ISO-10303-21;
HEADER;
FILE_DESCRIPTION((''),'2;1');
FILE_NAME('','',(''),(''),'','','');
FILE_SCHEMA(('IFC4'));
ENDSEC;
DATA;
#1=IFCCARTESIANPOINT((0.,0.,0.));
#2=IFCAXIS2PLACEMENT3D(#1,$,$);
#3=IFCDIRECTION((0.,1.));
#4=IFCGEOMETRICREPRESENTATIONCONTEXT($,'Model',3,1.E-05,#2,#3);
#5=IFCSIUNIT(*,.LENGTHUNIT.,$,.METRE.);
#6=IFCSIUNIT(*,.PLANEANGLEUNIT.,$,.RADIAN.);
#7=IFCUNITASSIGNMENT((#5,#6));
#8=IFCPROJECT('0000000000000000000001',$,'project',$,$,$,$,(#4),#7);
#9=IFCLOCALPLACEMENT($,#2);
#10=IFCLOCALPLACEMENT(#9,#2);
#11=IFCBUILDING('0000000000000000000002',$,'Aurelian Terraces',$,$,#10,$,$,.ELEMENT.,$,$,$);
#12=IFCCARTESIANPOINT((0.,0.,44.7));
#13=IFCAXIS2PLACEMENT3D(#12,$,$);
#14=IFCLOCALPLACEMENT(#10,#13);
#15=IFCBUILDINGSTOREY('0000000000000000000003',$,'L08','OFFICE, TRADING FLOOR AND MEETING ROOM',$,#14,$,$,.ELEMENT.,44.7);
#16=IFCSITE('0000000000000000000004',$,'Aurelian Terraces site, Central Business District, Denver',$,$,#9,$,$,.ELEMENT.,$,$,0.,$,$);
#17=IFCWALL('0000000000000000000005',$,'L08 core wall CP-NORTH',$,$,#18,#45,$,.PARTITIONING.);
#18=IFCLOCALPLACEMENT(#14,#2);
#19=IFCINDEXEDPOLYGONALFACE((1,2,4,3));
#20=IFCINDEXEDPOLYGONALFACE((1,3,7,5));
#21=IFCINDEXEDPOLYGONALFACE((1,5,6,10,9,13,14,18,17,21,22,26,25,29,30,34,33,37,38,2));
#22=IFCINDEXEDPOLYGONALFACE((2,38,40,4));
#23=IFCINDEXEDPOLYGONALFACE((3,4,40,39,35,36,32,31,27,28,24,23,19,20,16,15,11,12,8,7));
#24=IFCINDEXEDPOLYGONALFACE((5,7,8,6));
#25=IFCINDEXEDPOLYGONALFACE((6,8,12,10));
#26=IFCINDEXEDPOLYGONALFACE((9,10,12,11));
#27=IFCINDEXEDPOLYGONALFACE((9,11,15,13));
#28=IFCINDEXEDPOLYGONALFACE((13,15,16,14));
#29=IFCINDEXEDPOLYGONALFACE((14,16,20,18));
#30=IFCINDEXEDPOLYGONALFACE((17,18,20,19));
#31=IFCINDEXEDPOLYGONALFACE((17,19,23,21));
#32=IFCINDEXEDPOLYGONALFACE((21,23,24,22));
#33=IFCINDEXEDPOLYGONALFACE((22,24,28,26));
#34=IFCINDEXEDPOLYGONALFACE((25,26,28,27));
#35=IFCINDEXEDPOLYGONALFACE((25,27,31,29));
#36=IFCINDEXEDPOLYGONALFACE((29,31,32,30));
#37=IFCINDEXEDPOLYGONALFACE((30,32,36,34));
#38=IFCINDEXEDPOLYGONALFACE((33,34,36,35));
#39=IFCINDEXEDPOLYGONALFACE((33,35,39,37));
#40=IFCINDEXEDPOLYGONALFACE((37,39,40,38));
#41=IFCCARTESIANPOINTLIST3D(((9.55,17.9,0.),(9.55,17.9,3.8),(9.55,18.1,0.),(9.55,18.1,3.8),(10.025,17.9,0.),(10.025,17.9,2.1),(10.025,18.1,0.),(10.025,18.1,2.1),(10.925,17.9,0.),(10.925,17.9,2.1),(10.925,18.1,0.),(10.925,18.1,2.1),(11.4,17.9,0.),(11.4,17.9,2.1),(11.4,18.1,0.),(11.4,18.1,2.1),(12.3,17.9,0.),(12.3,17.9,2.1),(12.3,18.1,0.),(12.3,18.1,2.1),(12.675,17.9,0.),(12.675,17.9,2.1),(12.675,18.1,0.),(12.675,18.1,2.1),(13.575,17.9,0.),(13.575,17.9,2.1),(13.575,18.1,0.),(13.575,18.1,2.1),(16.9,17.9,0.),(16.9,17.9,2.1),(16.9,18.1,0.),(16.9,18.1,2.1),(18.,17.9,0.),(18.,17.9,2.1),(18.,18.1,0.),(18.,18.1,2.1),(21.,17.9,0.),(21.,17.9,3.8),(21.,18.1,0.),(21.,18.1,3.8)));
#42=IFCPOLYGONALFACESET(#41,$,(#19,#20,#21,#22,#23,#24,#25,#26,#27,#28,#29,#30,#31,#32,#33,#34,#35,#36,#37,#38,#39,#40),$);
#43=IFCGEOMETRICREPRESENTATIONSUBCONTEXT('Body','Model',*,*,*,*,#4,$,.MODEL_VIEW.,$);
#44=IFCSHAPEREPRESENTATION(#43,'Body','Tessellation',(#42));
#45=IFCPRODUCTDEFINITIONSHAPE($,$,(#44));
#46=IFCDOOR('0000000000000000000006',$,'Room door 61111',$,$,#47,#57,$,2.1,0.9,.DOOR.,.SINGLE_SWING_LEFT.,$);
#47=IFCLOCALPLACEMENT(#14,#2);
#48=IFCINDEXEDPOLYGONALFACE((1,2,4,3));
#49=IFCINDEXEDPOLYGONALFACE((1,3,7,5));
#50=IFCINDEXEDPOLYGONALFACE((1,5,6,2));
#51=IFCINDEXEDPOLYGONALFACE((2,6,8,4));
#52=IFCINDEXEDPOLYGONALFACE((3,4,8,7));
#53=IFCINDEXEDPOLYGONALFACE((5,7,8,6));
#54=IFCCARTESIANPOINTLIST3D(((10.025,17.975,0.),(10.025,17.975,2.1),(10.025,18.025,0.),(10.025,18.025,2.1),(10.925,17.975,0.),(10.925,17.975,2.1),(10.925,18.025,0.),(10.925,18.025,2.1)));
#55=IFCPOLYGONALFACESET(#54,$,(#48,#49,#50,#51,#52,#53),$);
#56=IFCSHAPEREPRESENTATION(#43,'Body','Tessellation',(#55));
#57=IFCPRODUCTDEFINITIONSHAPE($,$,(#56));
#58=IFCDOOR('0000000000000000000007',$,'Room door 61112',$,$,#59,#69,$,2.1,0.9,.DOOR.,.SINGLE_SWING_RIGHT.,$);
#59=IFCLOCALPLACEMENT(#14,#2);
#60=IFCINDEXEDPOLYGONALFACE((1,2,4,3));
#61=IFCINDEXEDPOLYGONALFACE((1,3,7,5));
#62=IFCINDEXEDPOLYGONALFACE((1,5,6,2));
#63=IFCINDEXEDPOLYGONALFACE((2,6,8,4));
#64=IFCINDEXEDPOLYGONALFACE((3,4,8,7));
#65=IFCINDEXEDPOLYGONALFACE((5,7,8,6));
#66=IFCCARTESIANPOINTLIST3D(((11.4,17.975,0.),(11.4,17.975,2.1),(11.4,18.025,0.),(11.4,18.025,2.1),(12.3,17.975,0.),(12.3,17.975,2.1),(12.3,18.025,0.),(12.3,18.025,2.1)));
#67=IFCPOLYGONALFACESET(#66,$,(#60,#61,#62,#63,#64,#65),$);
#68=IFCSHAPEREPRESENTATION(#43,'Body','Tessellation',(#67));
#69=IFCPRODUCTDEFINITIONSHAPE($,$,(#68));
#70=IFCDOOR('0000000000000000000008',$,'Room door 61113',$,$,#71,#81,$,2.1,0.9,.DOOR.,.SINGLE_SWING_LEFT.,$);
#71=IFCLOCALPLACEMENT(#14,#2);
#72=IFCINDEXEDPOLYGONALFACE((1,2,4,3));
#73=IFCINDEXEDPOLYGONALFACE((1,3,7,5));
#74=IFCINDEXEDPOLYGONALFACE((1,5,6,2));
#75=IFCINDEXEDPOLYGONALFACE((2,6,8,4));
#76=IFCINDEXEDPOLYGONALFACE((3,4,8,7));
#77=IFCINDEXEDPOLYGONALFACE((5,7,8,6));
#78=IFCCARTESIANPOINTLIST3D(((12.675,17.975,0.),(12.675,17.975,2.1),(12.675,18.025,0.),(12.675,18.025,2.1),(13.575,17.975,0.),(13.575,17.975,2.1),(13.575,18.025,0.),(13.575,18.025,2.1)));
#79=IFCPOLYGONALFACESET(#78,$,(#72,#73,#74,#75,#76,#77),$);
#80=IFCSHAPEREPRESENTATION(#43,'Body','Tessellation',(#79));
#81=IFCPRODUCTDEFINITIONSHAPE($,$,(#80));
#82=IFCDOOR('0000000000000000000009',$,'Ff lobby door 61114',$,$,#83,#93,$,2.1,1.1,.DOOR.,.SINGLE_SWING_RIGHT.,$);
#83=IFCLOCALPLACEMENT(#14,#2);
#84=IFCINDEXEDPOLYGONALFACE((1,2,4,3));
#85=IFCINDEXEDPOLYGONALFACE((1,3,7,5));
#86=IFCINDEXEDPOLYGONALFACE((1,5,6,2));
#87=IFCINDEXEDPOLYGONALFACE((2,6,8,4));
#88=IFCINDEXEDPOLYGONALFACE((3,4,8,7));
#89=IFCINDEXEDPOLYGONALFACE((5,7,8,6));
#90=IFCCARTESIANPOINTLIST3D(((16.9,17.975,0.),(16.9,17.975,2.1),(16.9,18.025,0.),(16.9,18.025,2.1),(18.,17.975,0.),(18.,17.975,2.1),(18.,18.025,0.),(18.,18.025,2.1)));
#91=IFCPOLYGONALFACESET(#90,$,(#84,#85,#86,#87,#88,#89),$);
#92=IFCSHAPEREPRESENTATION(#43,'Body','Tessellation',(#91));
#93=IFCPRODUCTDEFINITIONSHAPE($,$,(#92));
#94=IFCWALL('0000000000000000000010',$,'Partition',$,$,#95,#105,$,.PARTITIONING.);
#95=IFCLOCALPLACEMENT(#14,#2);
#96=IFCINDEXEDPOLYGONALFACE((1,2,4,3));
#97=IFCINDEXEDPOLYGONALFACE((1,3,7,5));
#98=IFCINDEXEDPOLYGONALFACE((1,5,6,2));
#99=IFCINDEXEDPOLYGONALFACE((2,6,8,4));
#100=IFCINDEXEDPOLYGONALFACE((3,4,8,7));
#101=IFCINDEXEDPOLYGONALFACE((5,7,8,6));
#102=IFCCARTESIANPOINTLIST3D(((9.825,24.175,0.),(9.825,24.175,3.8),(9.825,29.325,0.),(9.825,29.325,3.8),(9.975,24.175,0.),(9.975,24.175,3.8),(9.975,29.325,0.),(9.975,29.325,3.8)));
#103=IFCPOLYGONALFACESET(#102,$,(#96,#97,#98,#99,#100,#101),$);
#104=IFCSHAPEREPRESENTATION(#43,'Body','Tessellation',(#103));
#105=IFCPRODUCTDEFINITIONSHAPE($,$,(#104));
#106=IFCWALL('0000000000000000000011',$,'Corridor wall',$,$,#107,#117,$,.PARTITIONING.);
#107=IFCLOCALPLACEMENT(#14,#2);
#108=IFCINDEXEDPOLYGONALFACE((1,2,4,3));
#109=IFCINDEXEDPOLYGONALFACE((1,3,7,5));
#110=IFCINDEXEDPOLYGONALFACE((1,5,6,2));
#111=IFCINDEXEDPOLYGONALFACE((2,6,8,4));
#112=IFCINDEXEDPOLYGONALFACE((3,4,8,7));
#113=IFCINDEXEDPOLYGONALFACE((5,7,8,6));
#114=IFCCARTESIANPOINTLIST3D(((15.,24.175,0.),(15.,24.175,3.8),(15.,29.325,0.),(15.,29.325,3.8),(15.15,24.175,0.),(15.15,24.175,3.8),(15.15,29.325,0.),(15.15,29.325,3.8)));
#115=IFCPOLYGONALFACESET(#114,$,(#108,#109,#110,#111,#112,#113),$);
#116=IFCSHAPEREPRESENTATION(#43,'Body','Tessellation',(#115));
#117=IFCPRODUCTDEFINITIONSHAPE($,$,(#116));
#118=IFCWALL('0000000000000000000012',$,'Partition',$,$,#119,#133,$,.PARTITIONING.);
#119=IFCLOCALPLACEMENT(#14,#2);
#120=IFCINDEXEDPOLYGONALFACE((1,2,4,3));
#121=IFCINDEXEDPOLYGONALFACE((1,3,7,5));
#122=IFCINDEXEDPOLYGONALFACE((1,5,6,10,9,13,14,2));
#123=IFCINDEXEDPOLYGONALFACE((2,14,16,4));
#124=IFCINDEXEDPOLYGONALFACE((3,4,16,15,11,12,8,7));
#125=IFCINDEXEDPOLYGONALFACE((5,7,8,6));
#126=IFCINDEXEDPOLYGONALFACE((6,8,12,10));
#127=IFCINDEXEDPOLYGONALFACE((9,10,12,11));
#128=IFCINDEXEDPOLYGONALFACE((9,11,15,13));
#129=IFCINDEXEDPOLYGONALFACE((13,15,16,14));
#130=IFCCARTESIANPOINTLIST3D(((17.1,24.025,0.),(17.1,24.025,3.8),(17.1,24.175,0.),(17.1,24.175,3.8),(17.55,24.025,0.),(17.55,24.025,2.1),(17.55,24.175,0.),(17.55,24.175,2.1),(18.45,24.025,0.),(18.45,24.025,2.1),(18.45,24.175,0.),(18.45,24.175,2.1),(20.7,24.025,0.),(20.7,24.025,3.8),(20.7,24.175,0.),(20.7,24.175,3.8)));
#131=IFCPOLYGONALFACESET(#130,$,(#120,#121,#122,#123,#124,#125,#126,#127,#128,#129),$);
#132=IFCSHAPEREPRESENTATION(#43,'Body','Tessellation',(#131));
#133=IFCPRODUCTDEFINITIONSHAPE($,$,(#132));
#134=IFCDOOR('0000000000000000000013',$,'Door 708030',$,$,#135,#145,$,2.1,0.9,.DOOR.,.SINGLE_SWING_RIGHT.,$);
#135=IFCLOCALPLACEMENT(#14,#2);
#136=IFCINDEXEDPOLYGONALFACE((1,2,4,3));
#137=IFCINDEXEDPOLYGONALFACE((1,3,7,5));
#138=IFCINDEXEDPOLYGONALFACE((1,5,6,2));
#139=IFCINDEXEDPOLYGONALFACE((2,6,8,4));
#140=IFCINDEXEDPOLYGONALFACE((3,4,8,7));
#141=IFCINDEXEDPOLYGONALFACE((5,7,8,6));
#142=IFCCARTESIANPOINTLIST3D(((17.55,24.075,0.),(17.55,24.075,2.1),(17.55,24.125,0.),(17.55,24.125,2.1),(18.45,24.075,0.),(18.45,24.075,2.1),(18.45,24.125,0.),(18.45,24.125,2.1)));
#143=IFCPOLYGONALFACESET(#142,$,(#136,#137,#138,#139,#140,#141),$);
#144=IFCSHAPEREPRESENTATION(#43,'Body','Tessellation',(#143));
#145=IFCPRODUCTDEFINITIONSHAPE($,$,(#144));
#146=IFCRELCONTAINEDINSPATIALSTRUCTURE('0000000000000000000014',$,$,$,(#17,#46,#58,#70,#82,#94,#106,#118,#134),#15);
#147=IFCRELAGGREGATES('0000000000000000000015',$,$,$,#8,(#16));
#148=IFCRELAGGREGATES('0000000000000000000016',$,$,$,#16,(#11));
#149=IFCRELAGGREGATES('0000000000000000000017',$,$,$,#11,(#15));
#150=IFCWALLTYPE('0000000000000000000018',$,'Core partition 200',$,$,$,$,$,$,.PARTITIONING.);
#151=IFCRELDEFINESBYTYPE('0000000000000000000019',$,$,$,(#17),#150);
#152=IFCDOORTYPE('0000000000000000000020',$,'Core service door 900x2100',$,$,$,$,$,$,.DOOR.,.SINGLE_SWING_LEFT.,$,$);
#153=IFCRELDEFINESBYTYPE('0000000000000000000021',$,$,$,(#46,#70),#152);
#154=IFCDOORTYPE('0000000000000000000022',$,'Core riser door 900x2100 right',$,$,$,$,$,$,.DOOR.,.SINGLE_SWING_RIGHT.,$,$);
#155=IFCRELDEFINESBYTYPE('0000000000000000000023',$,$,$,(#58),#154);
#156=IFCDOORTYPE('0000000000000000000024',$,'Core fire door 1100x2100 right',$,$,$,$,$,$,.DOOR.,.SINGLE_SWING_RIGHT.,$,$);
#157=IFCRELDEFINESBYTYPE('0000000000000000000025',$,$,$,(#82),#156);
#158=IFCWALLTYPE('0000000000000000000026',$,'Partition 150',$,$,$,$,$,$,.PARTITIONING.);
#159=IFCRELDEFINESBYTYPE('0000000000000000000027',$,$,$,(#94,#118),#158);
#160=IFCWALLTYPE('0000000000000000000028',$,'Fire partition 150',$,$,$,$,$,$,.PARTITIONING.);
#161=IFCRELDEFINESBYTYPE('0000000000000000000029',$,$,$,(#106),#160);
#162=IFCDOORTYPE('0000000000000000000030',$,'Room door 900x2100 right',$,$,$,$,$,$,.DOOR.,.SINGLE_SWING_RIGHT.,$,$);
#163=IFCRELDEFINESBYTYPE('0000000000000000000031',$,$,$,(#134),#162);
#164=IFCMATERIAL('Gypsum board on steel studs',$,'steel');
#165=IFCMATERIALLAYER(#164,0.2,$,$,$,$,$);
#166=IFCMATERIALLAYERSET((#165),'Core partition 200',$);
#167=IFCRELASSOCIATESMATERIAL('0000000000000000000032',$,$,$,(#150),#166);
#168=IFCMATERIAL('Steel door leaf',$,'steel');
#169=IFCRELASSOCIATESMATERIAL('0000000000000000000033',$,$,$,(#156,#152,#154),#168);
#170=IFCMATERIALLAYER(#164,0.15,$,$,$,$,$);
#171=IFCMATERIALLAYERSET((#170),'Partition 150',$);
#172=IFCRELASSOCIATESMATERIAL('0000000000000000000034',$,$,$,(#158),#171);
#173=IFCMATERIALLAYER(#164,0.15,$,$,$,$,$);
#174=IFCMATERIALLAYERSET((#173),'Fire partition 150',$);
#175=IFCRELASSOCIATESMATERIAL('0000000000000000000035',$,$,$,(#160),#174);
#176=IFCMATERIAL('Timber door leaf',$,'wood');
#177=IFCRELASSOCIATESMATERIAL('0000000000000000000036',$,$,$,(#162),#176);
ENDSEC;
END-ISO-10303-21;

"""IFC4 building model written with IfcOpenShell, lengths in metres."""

from ifc_helpers import new_model, si_unit, direction, frame, frame_2d, origin, place, context, subcontext, project, spatial, rectangle, extrude, source, transform, mapped, material, layer, layer_set, type_object, element, fill, save


model = new_model("IFC4")

# Units and contexts
model_context = context("Model", 3, precision=1e-05, world=origin(), true_north=direction((0.0, 1.0)))
body_context = subcontext(model_context, "Body", "Model", "MODEL_VIEW")
ifc_project = project(units=[si_unit("LENGTHUNIT", "METRE"), si_unit("PLANEANGLEUNIT", "RADIAN")], contexts=[model_context])

# Site, building, storey
site_placement = place(None, origin())
site = spatial("IfcSite", under=ifc_project, at=site_placement, Name="Aurelian Terraces site, Central Business District, Denver", CompositionType="ELEMENT", RefElevation=0.0)
building_placement = place(site_placement, origin())
building = spatial("IfcBuilding", under=site, at=building_placement, Name="Aurelian Terraces", CompositionType="ELEMENT")
storey_placement = place(building_placement, frame((0.0, 0.0, 44.7)))
storey = spatial("IfcBuildingStorey", under=building, at=storey_placement, Name="L08", Description="OFFICE, TRADING FLOOR AND MEETING ROOM", CompositionType="ELEMENT", Elevation=44.7)

# Shared definitions
ifc_material_1 = material(Name="Gypsum board on steel studs", Category="steel")
ifc_layer_1 = layer(ifc_material_1, 0.2)
ifc_layer_set_1 = layer_set([ifc_layer_1], Name="Core partition 200")
wall_type_1 = type_object("IfcWallType", Name="Core partition 200", PredefinedType="PARTITIONING", material=ifc_layer_set_1)

# Shared definitions
ifc_material_2 = material(Name="Steel door leaf", Category="steel")
door_type_1 = type_object("IfcDoorType", Name="Core fire door 1100x2100 right", OperationType="SINGLE_SWING_RIGHT", PredefinedType="DOOR", material=ifc_material_2)
shared_shape_1 = source(origin(), body_context, "Body", "SweptSolid", [
    extrude(rectangle(XDim=1.1, YDim=2.1, at=frame_2d((0.55, 1.05))), frame((0.0, 0.025, 0.0), z_axis=(0.0, -1.0, 0.0), x_axis=(1.0, 0.0, 0.0)), (0.0, 0.0, 1.0), 0.05),
])

# Wall, openings, doors
shared_shape_2 = source(origin(), body_context, "Body", "SweptSolid", [
    extrude(rectangle(XDim=11.45, YDim=0.2, at=frame_2d((5.725, 0.0))), origin(), (0.0, 0.0, 1.0), 3.8),
])
wall_1_placement = place(storey_placement, frame((9.55, 18.0, 0.0), z_axis=(0.0, 0.0, 1.0), x_axis=(1.0, 0.0, 0.0)))
wall_1 = element("IfcWall", 1, at=wall_1_placement, inside=storey, type_object=wall_type_1, Name="L08 core wall CP-NORTH", PredefinedType="PARTITIONING", context=body_context, shape_type="MappedRepresentation", body=[
    mapped(shared_shape_2, transform((0.0, 0.0, 0.0), scale=1.0)),
])
shared_shape_3 = source(origin(), body_context, "Body", "SweptSolid", [
    extrude(rectangle(XDim=0.9, YDim=2.1, at=frame_2d((0.45, 1.05))), frame((0.0, 0.11, 0.0), z_axis=(0.0, -1.0, 0.0), x_axis=(1.0, 0.0, 0.0)), (0.0, 0.0, 1.0), 0.22),
])
opening_1_placement = place(wall_1_placement, frame((0.475, 0.0, 0.0)))
opening_1 = element("IfcOpeningElement", 2, at=opening_1_placement, cuts=wall_1, PredefinedType="OPENING", context=body_context, shape_type="MappedRepresentation", body=[
    mapped(shared_shape_3, transform((0.0, 0.0, 0.0), scale=1.0)),
])
opening_2_placement = place(wall_1_placement, frame((1.85, 0.0, 0.0)))
opening_2 = element("IfcOpeningElement", 3, at=opening_2_placement, cuts=wall_1, PredefinedType="OPENING", context=body_context, shape_type="MappedRepresentation", body=[
    mapped(shared_shape_3, transform((0.0, 0.0, 0.0), scale=1.0)),
])
opening_3_placement = place(wall_1_placement, frame((3.125, 0.0, 0.0)))
opening_3 = element("IfcOpeningElement", 4, at=opening_3_placement, cuts=wall_1, PredefinedType="OPENING", context=body_context, shape_type="MappedRepresentation", body=[
    mapped(shared_shape_3, transform((0.0, 0.0, 0.0), scale=1.0)),
])
shared_shape_4 = source(origin(), body_context, "Body", "SweptSolid", [
    extrude(rectangle(XDim=1.1, YDim=2.1, at=frame_2d((0.55, 1.05))), frame((0.0, 0.11, 0.0), z_axis=(0.0, -1.0, 0.0), x_axis=(1.0, 0.0, 0.0)), (0.0, 0.0, 1.0), 0.22),
])
opening_4_placement = place(wall_1_placement, frame((7.35, 0.0, 0.0)))
opening_4 = element("IfcOpeningElement", 5, at=opening_4_placement, cuts=wall_1, PredefinedType="OPENING", context=body_context, shape_type="MappedRepresentation", body=[
    mapped(shared_shape_4, transform((0.0, 0.0, 0.0), scale=1.0)),
])
door_type_2 = type_object("IfcDoorType", Name="Core service door 900x2100", OperationType="SINGLE_SWING_LEFT", PredefinedType="DOOR", material=ifc_material_2)
shared_shape_5 = source(origin(), body_context, "Body", "SweptSolid", [
    extrude(rectangle(XDim=0.9, YDim=2.1, at=frame_2d((0.45, 1.05))), frame((0.0, 0.025, 0.0), z_axis=(0.0, -1.0, 0.0), x_axis=(1.0, 0.0, 0.0)), (0.0, 0.0, 1.0), 0.05),
])
door_1_placement = place(opening_1_placement, origin())
door_1 = element("IfcDoor", 6, at=door_1_placement, inside=storey, type_object=door_type_2, Name="Room door 61111", OperationType="SINGLE_SWING_LEFT", OverallHeight=2.1, OverallWidth=0.9, PredefinedType="DOOR", context=body_context, shape_type="MappedRepresentation", body=[
    mapped(shared_shape_5, transform((0.0, 0.0, 0.0), scale=1.0)),
])
fill(opening_1, door_1)
door_type_3 = type_object("IfcDoorType", Name="Core riser door 900x2100 right", OperationType="SINGLE_SWING_RIGHT", PredefinedType="DOOR", material=ifc_material_2)
door_2_placement = place(opening_2_placement, origin())
door_2 = element("IfcDoor", 7, at=door_2_placement, inside=storey, type_object=door_type_3, Name="Room door 61112", OperationType="SINGLE_SWING_RIGHT", OverallHeight=2.1, OverallWidth=0.9, PredefinedType="DOOR", context=body_context, shape_type="MappedRepresentation", body=[
    mapped(shared_shape_5, transform((0.0, 0.0, 0.0), scale=1.0)),
])
fill(opening_2, door_2)
door_3_placement = place(opening_3_placement, origin())
door_3 = element("IfcDoor", 8, at=door_3_placement, inside=storey, type_object=door_type_2, Name="Room door 61113", OperationType="SINGLE_SWING_LEFT", OverallHeight=2.1, OverallWidth=0.9, PredefinedType="DOOR", context=body_context, shape_type="MappedRepresentation", body=[
    mapped(shared_shape_5, transform((0.0, 0.0, 0.0), scale=1.0)),
])
fill(opening_3, door_3)
door_4_placement = place(opening_4_placement, origin())
door_4 = element("IfcDoor", 9, at=door_4_placement, inside=storey, type_object=door_type_1, Name="Ff lobby door 61114", OperationType="SINGLE_SWING_RIGHT", OverallHeight=2.1, OverallWidth=1.1, PredefinedType="DOOR", context=body_context, shape_type="MappedRepresentation", body=[
    mapped(shared_shape_1, transform((0.0, 0.0, 0.0), scale=1.0)),
])
fill(opening_4, door_4)

# Walls
ifc_layer_2 = layer(ifc_material_1, 0.15)
ifc_layer_set_2 = layer_set([ifc_layer_2], Name="Partition 150")
wall_type_2 = type_object("IfcWallType", Name="Partition 150", PredefinedType="PARTITIONING", material=ifc_layer_set_2)
shared_shape_6 = source(origin(), body_context, "Body", "SweptSolid", [
    extrude(rectangle(XDim=5.15, YDim=0.15, at=frame_2d((2.575, 0.0))), origin(), (0.0, 0.0, 1.0), 3.8),
])
wall_2_placement = place(storey_placement, frame((9.9, 24.175, 0.0), z_axis=(0.0, 0.0, 1.0), x_axis=(0.0, 1.0, 0.0)))
element("IfcWall", 10, at=wall_2_placement, inside=storey, type_object=wall_type_2, Name="Partition", PredefinedType="PARTITIONING", context=body_context, shape_type="MappedRepresentation", body=[
    mapped(shared_shape_6, transform((0.0, 0.0, 0.0), scale=1.0)),
])
ifc_layer_3 = layer(ifc_material_1, 0.15)
ifc_layer_set_3 = layer_set([ifc_layer_3], Name="Fire partition 150")
wall_type_3 = type_object("IfcWallType", Name="Fire partition 150", PredefinedType="PARTITIONING", material=ifc_layer_set_3)
wall_3_placement = place(storey_placement, frame((15.075, 24.175, 0.0), z_axis=(0.0, 0.0, 1.0), x_axis=(0.0, 1.0, 0.0)))
element("IfcWall", 11, at=wall_3_placement, inside=storey, type_object=wall_type_3, Name="Corridor wall", PredefinedType="PARTITIONING", context=body_context, shape_type="MappedRepresentation", body=[
    mapped(shared_shape_6, transform((0.0, 0.0, 0.0), scale=1.0)),
])

# Wall, opening, door
shared_shape_7 = source(origin(), body_context, "Body", "SweptSolid", [
    extrude(rectangle(XDim=3.6, YDim=0.15, at=frame_2d((1.8, 0.0))), origin(), (0.0, 0.0, 1.0), 3.8),
])
wall_4_placement = place(storey_placement, frame((17.1, 24.1, 0.0), z_axis=(0.0, 0.0, 1.0), x_axis=(1.0, 0.0, 0.0)))
wall_4 = element("IfcWall", 12, at=wall_4_placement, inside=storey, type_object=wall_type_2, Name="Partition", PredefinedType="PARTITIONING", context=body_context, shape_type="MappedRepresentation", body=[
    mapped(shared_shape_7, transform((0.0, 0.0, 0.0), scale=1.0)),
])
shared_shape_8 = source(origin(), body_context, "Body", "SweptSolid", [
    extrude(rectangle(XDim=0.9, YDim=2.1, at=frame_2d((0.45, 1.05))), frame((0.0, 0.085, 0.0), z_axis=(0.0, -1.0, 0.0), x_axis=(1.0, 0.0, 0.0)), (0.0, 0.0, 1.0), 0.17),
])
opening_5_placement = place(wall_4_placement, frame((0.45, 0.0, 0.0)))
opening_5 = element("IfcOpeningElement", 13, at=opening_5_placement, cuts=wall_4, PredefinedType="OPENING", context=body_context, shape_type="MappedRepresentation", body=[
    mapped(shared_shape_8, transform((0.0, 0.0, 0.0), scale=1.0)),
])
ifc_material_3 = material(Name="Timber door leaf", Category="wood")
door_type_4 = type_object("IfcDoorType", Name="Room door 900x2100 right", OperationType="SINGLE_SWING_RIGHT", PredefinedType="DOOR", material=ifc_material_3)
door_5_placement = place(opening_5_placement, origin())
door_5 = element("IfcDoor", 14, at=door_5_placement, inside=storey, type_object=door_type_4, Name="Door 708030", OperationType="SINGLE_SWING_RIGHT", OverallHeight=2.1, OverallWidth=0.9, PredefinedType="DOOR", context=body_context, shape_type="MappedRepresentation", body=[
    mapped(shared_shape_5, transform((0.0, 0.0, 0.0), scale=1.0)),
])
fill(opening_5, door_5)

save(model, "model.ifc")
